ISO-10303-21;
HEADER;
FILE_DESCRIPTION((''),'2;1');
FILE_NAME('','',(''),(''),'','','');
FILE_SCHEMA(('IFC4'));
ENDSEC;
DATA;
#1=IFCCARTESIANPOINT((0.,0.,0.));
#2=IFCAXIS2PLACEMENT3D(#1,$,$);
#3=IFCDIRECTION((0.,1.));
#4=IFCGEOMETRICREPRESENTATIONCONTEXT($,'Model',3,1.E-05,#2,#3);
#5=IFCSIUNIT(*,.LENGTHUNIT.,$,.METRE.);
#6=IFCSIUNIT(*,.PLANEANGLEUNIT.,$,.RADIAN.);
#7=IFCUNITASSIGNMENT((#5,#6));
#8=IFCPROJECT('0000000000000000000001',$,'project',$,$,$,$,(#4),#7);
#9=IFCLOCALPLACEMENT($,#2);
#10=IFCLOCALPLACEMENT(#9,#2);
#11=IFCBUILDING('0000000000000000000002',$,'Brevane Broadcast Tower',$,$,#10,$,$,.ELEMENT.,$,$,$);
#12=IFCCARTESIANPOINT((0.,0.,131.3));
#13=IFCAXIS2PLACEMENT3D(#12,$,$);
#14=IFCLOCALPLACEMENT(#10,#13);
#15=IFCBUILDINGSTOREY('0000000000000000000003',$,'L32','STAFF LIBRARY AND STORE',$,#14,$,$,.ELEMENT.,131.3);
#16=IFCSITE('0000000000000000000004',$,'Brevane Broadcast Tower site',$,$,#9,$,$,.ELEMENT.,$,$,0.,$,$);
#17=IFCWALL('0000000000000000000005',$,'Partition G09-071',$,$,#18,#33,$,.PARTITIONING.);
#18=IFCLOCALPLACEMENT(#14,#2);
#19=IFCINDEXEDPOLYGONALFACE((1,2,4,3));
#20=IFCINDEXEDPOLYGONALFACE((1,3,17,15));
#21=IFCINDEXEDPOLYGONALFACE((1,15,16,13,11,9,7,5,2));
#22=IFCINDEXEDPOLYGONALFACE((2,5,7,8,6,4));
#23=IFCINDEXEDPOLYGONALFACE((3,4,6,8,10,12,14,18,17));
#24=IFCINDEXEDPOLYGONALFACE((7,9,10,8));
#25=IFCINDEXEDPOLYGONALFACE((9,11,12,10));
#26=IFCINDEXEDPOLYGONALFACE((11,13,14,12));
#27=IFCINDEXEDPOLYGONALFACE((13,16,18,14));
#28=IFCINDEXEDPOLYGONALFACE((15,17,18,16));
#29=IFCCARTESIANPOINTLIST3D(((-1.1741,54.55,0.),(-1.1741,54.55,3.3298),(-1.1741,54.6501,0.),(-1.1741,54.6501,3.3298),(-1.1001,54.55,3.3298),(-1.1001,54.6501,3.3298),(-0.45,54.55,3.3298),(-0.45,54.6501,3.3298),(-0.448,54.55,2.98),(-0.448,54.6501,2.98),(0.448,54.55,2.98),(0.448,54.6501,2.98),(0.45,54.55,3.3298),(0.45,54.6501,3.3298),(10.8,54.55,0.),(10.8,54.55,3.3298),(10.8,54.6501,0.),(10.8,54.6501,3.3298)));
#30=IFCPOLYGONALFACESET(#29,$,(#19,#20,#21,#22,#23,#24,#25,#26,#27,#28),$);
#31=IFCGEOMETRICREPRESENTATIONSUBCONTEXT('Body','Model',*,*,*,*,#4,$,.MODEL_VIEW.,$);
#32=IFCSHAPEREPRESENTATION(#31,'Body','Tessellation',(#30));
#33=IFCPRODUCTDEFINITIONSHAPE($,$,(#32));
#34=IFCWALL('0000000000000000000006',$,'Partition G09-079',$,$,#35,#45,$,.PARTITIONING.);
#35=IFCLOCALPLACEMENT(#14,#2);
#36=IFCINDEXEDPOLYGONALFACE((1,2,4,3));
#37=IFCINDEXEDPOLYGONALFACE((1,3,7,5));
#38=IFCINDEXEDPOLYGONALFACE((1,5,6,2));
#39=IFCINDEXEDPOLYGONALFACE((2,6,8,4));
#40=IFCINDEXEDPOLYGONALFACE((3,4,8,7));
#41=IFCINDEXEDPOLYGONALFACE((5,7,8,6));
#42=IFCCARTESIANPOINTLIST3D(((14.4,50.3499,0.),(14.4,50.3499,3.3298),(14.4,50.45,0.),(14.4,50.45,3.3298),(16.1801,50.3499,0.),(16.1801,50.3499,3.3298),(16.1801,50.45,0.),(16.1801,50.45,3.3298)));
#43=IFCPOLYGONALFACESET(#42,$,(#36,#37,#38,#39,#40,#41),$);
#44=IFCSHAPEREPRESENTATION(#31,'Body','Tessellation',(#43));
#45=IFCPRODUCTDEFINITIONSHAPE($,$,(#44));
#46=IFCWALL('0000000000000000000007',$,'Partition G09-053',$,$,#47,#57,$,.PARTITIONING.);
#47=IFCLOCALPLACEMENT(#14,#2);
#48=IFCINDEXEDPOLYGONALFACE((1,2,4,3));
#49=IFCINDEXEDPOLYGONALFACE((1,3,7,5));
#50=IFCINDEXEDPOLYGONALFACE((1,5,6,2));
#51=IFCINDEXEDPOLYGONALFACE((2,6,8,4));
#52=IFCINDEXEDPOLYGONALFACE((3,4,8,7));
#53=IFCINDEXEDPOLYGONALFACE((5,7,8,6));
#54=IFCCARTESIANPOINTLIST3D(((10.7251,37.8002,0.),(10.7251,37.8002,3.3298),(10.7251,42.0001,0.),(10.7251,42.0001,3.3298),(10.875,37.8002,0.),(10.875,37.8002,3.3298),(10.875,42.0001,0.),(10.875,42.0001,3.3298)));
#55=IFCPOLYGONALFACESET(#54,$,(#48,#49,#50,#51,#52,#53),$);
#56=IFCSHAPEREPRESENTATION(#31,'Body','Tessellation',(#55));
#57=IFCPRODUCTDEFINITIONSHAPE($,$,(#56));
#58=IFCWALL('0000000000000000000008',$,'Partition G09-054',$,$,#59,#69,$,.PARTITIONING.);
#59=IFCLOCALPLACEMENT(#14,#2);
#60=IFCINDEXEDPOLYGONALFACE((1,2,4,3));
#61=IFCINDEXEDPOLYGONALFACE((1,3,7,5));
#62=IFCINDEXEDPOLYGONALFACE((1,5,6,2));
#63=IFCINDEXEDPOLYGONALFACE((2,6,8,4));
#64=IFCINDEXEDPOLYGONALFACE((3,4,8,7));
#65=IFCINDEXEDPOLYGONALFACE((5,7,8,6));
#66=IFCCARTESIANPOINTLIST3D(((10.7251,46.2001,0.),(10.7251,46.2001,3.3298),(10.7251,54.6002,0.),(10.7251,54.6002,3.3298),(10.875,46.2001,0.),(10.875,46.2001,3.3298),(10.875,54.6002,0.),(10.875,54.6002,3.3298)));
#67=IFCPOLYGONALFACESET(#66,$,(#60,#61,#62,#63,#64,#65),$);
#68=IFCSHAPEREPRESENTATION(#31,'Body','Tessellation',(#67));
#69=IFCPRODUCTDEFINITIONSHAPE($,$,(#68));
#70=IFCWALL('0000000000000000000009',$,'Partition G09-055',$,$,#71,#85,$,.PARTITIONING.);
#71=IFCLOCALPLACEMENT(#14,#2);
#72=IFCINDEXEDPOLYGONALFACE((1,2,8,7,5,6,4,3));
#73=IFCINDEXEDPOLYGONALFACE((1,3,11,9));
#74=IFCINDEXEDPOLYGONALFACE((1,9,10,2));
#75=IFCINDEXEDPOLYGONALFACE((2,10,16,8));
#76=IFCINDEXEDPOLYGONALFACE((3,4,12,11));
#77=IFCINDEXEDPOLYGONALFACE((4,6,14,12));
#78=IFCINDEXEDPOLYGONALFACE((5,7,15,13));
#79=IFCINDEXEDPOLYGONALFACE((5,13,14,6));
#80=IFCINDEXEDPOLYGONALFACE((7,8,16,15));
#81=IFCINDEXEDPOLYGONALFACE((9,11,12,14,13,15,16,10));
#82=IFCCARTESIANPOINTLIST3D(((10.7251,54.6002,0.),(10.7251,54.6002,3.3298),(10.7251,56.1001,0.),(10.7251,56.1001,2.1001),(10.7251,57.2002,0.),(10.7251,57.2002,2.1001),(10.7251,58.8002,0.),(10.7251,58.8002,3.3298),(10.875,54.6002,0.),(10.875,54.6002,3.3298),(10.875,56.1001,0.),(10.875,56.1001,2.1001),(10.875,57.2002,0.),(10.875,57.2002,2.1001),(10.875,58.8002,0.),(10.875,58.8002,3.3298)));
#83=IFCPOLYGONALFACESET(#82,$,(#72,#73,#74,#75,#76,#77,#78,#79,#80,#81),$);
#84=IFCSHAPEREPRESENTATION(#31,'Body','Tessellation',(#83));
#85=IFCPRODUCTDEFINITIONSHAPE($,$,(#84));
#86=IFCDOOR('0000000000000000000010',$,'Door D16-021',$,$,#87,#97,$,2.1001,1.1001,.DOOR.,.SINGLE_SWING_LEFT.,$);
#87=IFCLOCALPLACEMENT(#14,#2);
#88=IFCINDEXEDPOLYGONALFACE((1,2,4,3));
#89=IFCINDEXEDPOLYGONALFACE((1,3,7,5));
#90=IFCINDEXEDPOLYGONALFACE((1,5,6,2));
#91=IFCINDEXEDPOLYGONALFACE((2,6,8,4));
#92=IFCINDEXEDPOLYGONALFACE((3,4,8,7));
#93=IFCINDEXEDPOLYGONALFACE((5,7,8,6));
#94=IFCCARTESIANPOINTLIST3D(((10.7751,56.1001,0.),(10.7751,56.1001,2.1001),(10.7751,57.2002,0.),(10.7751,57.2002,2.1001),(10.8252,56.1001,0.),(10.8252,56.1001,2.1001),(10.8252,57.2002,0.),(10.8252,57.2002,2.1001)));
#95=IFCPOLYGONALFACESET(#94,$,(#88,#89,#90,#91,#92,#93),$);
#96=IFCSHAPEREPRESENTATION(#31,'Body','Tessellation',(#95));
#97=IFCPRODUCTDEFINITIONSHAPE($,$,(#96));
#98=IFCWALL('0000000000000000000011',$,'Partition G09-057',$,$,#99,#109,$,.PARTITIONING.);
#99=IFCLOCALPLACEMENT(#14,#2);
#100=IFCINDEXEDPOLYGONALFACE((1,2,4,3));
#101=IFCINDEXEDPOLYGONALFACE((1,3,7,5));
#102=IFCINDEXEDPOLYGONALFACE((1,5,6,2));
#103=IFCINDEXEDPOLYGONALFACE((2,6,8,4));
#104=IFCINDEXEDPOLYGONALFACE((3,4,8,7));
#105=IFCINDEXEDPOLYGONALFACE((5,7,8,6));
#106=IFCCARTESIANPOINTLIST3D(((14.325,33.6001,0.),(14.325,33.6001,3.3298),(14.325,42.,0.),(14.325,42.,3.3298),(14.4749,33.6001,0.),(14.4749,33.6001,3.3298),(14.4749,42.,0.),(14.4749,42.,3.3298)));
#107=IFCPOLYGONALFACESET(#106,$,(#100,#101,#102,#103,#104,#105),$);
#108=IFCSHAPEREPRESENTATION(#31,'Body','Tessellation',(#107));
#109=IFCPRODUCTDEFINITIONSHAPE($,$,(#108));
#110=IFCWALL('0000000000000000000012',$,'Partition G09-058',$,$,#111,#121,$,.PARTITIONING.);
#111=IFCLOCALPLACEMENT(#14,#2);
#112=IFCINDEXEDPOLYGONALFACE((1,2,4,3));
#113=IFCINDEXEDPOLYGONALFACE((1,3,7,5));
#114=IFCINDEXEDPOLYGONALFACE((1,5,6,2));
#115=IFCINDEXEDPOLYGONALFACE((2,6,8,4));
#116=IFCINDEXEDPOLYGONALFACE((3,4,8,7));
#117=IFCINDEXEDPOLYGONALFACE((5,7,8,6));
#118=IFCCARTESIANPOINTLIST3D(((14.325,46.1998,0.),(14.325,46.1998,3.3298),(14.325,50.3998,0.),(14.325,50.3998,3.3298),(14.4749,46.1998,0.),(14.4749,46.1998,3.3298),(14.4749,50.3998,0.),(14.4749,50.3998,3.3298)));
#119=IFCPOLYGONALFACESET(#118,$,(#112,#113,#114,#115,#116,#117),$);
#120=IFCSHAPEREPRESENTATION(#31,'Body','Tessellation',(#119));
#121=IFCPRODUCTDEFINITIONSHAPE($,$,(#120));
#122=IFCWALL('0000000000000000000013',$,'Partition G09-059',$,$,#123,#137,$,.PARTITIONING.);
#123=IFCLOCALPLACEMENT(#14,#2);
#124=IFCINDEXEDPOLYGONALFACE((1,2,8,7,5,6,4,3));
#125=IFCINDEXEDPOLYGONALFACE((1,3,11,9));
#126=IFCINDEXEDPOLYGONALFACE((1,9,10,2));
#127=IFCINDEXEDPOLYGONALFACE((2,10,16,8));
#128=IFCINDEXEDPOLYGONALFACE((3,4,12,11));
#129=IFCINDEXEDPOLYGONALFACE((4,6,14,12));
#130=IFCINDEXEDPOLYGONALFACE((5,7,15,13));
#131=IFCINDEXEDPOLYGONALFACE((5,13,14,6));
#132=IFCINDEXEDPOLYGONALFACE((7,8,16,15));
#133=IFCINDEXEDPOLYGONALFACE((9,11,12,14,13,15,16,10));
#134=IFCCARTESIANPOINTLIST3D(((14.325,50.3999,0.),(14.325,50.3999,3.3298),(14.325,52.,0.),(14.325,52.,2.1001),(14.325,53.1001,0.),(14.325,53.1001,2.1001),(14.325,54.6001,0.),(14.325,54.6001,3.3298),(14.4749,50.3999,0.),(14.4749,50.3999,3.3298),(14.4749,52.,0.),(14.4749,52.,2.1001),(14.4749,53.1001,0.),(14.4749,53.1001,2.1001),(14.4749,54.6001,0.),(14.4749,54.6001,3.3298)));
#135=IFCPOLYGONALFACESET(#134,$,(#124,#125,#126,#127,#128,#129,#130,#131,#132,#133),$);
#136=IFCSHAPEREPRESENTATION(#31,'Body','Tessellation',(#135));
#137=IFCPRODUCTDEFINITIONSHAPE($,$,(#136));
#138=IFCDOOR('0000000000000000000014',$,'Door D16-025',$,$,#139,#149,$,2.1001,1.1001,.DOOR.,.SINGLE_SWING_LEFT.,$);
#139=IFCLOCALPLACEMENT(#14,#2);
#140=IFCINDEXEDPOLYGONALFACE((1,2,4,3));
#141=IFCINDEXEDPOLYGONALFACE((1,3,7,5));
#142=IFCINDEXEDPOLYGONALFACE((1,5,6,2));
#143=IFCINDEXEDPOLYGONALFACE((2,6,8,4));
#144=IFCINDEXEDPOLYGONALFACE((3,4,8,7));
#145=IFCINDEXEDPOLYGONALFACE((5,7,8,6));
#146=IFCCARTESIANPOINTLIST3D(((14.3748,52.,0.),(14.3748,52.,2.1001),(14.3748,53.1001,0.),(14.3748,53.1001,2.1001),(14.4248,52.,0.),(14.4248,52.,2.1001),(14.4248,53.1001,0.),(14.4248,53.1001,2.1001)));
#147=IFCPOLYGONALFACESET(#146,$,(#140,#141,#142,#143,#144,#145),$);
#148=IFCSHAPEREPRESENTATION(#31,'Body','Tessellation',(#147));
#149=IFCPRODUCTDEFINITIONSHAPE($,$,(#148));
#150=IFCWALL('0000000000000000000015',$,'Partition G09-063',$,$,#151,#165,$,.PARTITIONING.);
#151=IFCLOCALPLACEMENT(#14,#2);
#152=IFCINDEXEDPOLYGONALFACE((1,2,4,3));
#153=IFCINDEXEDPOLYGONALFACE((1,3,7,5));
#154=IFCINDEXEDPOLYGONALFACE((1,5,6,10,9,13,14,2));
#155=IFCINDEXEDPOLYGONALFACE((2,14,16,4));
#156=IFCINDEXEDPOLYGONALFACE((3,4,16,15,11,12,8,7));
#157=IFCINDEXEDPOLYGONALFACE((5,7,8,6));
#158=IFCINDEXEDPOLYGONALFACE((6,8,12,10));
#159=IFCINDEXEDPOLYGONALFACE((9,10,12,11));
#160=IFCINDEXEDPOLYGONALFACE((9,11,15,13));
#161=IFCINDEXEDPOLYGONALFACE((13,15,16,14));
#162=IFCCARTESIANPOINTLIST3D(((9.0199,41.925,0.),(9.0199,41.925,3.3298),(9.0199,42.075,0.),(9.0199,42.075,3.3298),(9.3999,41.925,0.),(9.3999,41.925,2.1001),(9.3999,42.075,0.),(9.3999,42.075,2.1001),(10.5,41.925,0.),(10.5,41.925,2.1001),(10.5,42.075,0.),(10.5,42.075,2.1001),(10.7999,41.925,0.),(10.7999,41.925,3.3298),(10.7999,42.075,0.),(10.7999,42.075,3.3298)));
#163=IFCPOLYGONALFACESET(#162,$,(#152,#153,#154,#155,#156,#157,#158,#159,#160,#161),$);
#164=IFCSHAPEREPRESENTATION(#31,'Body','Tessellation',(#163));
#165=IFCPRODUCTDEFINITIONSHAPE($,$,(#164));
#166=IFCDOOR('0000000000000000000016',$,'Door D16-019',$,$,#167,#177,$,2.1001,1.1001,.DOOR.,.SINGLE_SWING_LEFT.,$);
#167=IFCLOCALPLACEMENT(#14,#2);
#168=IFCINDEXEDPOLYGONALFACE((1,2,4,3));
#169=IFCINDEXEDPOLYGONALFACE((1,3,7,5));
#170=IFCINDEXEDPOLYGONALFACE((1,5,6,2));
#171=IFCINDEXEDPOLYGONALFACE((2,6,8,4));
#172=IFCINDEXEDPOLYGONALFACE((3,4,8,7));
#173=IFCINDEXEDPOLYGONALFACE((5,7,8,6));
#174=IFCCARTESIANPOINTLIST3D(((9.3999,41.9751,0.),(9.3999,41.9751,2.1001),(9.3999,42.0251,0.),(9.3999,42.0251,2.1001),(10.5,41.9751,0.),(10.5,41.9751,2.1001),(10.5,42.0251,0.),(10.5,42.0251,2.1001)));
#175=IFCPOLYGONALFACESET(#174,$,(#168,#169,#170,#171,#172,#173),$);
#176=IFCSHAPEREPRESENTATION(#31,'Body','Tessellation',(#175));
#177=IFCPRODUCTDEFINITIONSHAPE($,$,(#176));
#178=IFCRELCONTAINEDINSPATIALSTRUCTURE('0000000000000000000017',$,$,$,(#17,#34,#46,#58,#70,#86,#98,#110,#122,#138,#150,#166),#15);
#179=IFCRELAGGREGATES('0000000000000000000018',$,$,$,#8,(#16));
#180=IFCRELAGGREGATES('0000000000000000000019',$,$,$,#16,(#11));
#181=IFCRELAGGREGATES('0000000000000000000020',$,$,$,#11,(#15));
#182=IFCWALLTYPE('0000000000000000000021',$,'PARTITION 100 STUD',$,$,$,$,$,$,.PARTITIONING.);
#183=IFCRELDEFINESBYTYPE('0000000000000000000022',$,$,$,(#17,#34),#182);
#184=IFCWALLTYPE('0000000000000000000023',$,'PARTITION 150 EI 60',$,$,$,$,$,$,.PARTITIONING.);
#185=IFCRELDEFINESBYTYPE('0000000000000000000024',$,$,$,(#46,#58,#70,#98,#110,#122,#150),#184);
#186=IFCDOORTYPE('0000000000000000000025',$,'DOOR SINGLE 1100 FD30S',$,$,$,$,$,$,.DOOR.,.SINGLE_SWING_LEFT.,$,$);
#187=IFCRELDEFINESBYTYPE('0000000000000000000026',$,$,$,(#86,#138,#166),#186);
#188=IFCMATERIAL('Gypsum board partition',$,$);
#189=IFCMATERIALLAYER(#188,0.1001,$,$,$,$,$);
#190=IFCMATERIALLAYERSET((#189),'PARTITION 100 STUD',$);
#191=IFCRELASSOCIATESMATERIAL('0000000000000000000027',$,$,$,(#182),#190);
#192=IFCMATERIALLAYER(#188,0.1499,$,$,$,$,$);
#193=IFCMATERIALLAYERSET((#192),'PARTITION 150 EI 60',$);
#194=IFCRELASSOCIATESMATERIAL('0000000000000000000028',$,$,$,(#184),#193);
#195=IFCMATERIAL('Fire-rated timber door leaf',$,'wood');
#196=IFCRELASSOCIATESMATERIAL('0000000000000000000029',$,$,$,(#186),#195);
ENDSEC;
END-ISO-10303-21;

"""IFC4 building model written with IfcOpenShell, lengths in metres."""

from ifc_helpers import new_model, si_unit, direction, frame, frame_2d, origin, place, context, subcontext, project, spatial, polyline, rectangle, outline, extrude, material, layer, layer_set, type_object, element, fill, save


model = new_model("IFC4")

# Units and contexts
model_context = context("Model", 3, precision=1e-05, world=origin(), true_north=direction((0.0, 1.0)))
body_context = subcontext(model_context, "Body", "Model", "MODEL_VIEW")
ifc_project = project(units=[si_unit("LENGTHUNIT", "METRE"), si_unit("PLANEANGLEUNIT", "RADIAN")], contexts=[model_context])

# Site, building, storey
site_placement = place(None, origin())
site = spatial("IfcSite", under=ifc_project, at=site_placement, Name="Brevane Broadcast Tower site", CompositionType="ELEMENT", RefElevation=0.0)
building_placement = place(site_placement, origin())
building = spatial("IfcBuilding", under=site, at=building_placement, Name="Brevane Broadcast Tower", CompositionType="ELEMENT")
storey_placement = place(building_placement, frame((0.0, 0.0, 131.3)))
storey = spatial("IfcBuildingStorey", under=building, at=storey_placement, Name="L32", Description="STAFF LIBRARY AND STORE", CompositionType="ELEMENT", Elevation=131.3)

# Walls
ifc_material_1 = material(Name="Gypsum board partition")
ifc_layer_1 = layer(ifc_material_1, 0.1001)
ifc_layer_set_1 = layer_set([ifc_layer_1], Name="PARTITION 100 STUD")
wall_type_1 = type_object("IfcWallType", Name="PARTITION 100 STUD", PredefinedType="PARTITIONING", material=ifc_layer_set_1)
for number, where, z_axis, x_axis, name in (
    (1, (-1.1741, 54.6001, 0.0), (0.0, 0.0, 1.0), (1.0, 0.0, 0.0), "Partition G09-071"),
):
    element("IfcWall", number, at=place(storey_placement, frame(where, z_axis=z_axis, x_axis=x_axis)), inside=storey, type_object=wall_type_1, Name=name, PredefinedType="PARTITIONING", context=body_context, shape_type="SweptSolid", body=[
        extrude(outline(polyline([(0.0, 0.0), (11.9741, 0.0), (11.9741, 3.3298), (1.624, 3.3298), (1.6221, 2.98), (0.7261, 2.98), (0.7241, 3.3298), (0.074, 3.3298), (0.0, 3.3298), (0.0, 0.0)])), frame((0.0, 0.05, 0.0), z_axis=(0.0, -1.0, 0.0), x_axis=(1.0, 0.0, 0.0)), (0.0, 0.0, 1.0), 0.1001),
    ])
wall_1_placement = place(storey_placement, frame((14.3999, 50.3999, 0.0), z_axis=(0.0, 0.0, 1.0), x_axis=(1.0, 0.0, 0.0)))
element("IfcWall", 2, at=wall_1_placement, inside=storey, type_object=wall_type_1, Name="Partition G09-079", PredefinedType="PARTITIONING", context=body_context, shape_type="SweptSolid", body=[
    extrude(rectangle(XDim=1.78, YDim=0.1001, at=frame_2d((0.8901, 0.0))), origin(), (0.0, 0.0, 1.0), 3.3298),
])
ifc_layer_2 = layer(ifc_material_1, 0.1499)
ifc_layer_set_2 = layer_set([ifc_layer_2], Name="PARTITION 150 EI 60")
wall_type_2 = type_object("IfcWallType", Name="PARTITION 150 EI 60", PredefinedType="PARTITIONING", material=ifc_layer_set_2)
wall_2_placement = place(storey_placement, frame((10.8, 37.8, 0.0), z_axis=(0.0, 0.0, 1.0), x_axis=(0.0, 1.0, 0.0)))
element("IfcWall", 3, at=wall_2_placement, inside=storey, type_object=wall_type_2, Name="Partition G09-053", PredefinedType="PARTITIONING", context=body_context, shape_type="SweptSolid", body=[
    extrude(rectangle(XDim=4.2, YDim=0.1499, at=frame_2d((2.1001, 0.0))), origin(), (0.0, 0.0, 1.0), 3.3298),
])
wall_3_placement = place(storey_placement, frame((10.8, 46.2, 0.0), z_axis=(0.0, 0.0, 1.0), x_axis=(0.0, 1.0, 0.0)))
element("IfcWall", 4, at=wall_3_placement, inside=storey, type_object=wall_type_2, Name="Partition G09-054", PredefinedType="PARTITIONING", context=body_context, shape_type="SweptSolid", body=[
    extrude(rectangle(XDim=8.4001, YDim=0.1499, at=frame_2d((4.2002, 0.0))), origin(), (0.0, 0.0, 1.0), 3.3298),
])

# Wall, opening, door
wall_4_placement = place(storey_placement, frame((10.8, 54.6001, 0.0), z_axis=(0.0, 0.0, 1.0), x_axis=(0.0, 1.0, 0.0)))
wall_4 = element("IfcWall", 5, at=wall_4_placement, inside=storey, type_object=wall_type_2, Name="Partition G09-055", PredefinedType="PARTITIONING", context=body_context, shape_type="SweptSolid", body=[
    extrude(rectangle(XDim=4.2, YDim=0.1499, at=frame_2d((2.1001, 0.0))), origin(), (0.0, 0.0, 1.0), 3.3298),
])
opening_1_placement = place(wall_4_placement, frame((1.5, 0.0, 0.0)))
opening_1 = element("IfcOpeningElement", 6, at=opening_1_placement, cuts=wall_4, PredefinedType="OPENING", context=body_context, shape_type="SweptSolid", body=[
    extrude(rectangle(XDim=1.1001, YDim=2.1001, at=frame_2d((0.55, 1.05))), frame((0.0, 0.085, 0.0), z_axis=(0.0, -1.0, 0.0), x_axis=(1.0, 0.0, 0.0)), (0.0, 0.0, 1.0), 0.1699),
])
ifc_material_2 = material(Name="Fire-rated timber door leaf", Category="wood")
door_type_1 = type_object("IfcDoorType", Name="DOOR SINGLE 1100 FD30S", OperationType="SINGLE_SWING_LEFT", PredefinedType="DOOR", material=ifc_material_2)
door_1_placement = place(opening_1_placement, origin())
door_1 = element("IfcDoor", 7, at=door_1_placement, inside=storey, type_object=door_type_1, Name="Door D16-021", OperationType="SINGLE_SWING_LEFT", OverallHeight=2.1001, OverallWidth=1.1001, PredefinedType="DOOR", context=body_context, shape_type="SweptSolid", body=[
    extrude(rectangle(XDim=1.1001, YDim=2.1001, at=frame_2d((0.55, 1.05))), frame((0.0, 0.0249, 0.0), z_axis=(0.0, -1.0, 0.0), x_axis=(1.0, 0.0, 0.0)), (0.0, 0.0, 1.0), 0.05),
])
fill(opening_1, door_1)

# Walls
wall_5_placement = place(storey_placement, frame((14.3999, 42.0, 0.0), z_axis=(0.0, 0.0, 1.0), x_axis=(0.0, -1.0, 0.0)))
element("IfcWall", 8, at=wall_5_placement, inside=storey, type_object=wall_type_2, Name="Partition G09-057", PredefinedType="PARTITIONING", context=body_context, shape_type="SweptSolid", body=[
    extrude(rectangle(XDim=8.3999, YDim=0.1499, at=frame_2d((4.2, 0.0))), origin(), (0.0, 0.0, 1.0), 3.3298),
])
wall_6_placement = place(storey_placement, frame((14.3999, 50.3999, 0.0), z_axis=(0.0, 0.0, 1.0), x_axis=(0.0, -1.0, 0.0)))
element("IfcWall", 9, at=wall_6_placement, inside=storey, type_object=wall_type_2, Name="Partition G09-058", PredefinedType="PARTITIONING", context=body_context, shape_type="SweptSolid", body=[
    extrude(rectangle(XDim=4.2, YDim=0.1499, at=frame_2d((2.1001, 0.0))), origin(), (0.0, 0.0, 1.0), 3.3298),
])

# Walls, openings, doors
wall_7_placement = place(storey_placement, frame((14.3999, 54.6001, 0.0), z_axis=(0.0, 0.0, 1.0), x_axis=(0.0, -1.0, 0.0)))
wall_7 = element("IfcWall", 10, at=wall_7_placement, inside=storey, type_object=wall_type_2, Name="Partition G09-059", PredefinedType="PARTITIONING", context=body_context, shape_type="SweptSolid", body=[
    extrude(rectangle(XDim=4.2002, YDim=0.1499, at=frame_2d((2.1001, 0.0))), origin(), (0.0, 0.0, 1.0), 3.3298),
])
opening_2_placement = place(wall_7_placement, frame((1.5, 0.0, 0.0)))
opening_2 = element("IfcOpeningElement", 11, at=opening_2_placement, cuts=wall_7, PredefinedType="OPENING", context=body_context, shape_type="SweptSolid", body=[
    extrude(rectangle(XDim=1.1001, YDim=2.1001, at=frame_2d((0.55, 1.05))), frame((0.0, 0.085, 0.0), z_axis=(0.0, -1.0, 0.0), x_axis=(1.0, 0.0, 0.0)), (0.0, 0.0, 1.0), 0.1699),
])
door_2_placement = place(opening_2_placement, origin())
door_2 = element("IfcDoor", 12, at=door_2_placement, inside=storey, type_object=door_type_1, Name="Door D16-025", OperationType="SINGLE_SWING_LEFT", OverallHeight=2.1001, OverallWidth=1.1001, PredefinedType="DOOR", context=body_context, shape_type="SweptSolid", body=[
    extrude(rectangle(XDim=1.1001, YDim=2.1001, at=frame_2d((0.55, 1.05))), frame((0.0, 0.0249, 0.0), z_axis=(0.0, -1.0, 0.0), x_axis=(1.0, 0.0, 0.0)), (0.0, 0.0, 1.0), 0.05),
])
fill(opening_2, door_2)
wall_8_placement = place(storey_placement, frame((10.8, 42.0, 0.0), z_axis=(0.0, 0.0, 1.0), x_axis=(-1.0, 0.0, 0.0)))
wall_8 = element("IfcWall", 13, at=wall_8_placement, inside=storey, type_object=wall_type_2, Name="Partition G09-063", PredefinedType="PARTITIONING", context=body_context, shape_type="SweptSolid", body=[
    extrude(rectangle(XDim=1.78, YDim=0.1499, at=frame_2d((0.8901, 0.0))), origin(), (0.0, 0.0, 1.0), 3.3298),
])
opening_3_placement = place(wall_8_placement, frame((0.3, 0.0, 0.0)))
opening_3 = element("IfcOpeningElement", 14, at=opening_3_placement, cuts=wall_8, PredefinedType="OPENING", context=body_context, shape_type="SweptSolid", body=[
    extrude(rectangle(XDim=1.1001, YDim=2.1001, at=frame_2d((0.55, 1.05))), frame((0.0, 0.085, 0.0), z_axis=(0.0, -1.0, 0.0), x_axis=(1.0, 0.0, 0.0)), (0.0, 0.0, 1.0), 0.1699),
])
door_3_placement = place(opening_3_placement, origin())
door_3 = element("IfcDoor", 15, at=door_3_placement, inside=storey, type_object=door_type_1, Name="Door D16-019", OperationType="SINGLE_SWING_LEFT", OverallHeight=2.1001, OverallWidth=1.1001, PredefinedType="DOOR", context=body_context, shape_type="SweptSolid", body=[
    extrude(rectangle(XDim=1.1001, YDim=2.1001, at=frame_2d((0.55, 1.05))), frame((0.0, 0.0249, 0.0), z_axis=(0.0, -1.0, 0.0), x_axis=(1.0, 0.0, 0.0)), (0.0, 0.0, 1.0), 0.05),
])
fill(opening_3, door_3)

save(model, "model.ifc")
